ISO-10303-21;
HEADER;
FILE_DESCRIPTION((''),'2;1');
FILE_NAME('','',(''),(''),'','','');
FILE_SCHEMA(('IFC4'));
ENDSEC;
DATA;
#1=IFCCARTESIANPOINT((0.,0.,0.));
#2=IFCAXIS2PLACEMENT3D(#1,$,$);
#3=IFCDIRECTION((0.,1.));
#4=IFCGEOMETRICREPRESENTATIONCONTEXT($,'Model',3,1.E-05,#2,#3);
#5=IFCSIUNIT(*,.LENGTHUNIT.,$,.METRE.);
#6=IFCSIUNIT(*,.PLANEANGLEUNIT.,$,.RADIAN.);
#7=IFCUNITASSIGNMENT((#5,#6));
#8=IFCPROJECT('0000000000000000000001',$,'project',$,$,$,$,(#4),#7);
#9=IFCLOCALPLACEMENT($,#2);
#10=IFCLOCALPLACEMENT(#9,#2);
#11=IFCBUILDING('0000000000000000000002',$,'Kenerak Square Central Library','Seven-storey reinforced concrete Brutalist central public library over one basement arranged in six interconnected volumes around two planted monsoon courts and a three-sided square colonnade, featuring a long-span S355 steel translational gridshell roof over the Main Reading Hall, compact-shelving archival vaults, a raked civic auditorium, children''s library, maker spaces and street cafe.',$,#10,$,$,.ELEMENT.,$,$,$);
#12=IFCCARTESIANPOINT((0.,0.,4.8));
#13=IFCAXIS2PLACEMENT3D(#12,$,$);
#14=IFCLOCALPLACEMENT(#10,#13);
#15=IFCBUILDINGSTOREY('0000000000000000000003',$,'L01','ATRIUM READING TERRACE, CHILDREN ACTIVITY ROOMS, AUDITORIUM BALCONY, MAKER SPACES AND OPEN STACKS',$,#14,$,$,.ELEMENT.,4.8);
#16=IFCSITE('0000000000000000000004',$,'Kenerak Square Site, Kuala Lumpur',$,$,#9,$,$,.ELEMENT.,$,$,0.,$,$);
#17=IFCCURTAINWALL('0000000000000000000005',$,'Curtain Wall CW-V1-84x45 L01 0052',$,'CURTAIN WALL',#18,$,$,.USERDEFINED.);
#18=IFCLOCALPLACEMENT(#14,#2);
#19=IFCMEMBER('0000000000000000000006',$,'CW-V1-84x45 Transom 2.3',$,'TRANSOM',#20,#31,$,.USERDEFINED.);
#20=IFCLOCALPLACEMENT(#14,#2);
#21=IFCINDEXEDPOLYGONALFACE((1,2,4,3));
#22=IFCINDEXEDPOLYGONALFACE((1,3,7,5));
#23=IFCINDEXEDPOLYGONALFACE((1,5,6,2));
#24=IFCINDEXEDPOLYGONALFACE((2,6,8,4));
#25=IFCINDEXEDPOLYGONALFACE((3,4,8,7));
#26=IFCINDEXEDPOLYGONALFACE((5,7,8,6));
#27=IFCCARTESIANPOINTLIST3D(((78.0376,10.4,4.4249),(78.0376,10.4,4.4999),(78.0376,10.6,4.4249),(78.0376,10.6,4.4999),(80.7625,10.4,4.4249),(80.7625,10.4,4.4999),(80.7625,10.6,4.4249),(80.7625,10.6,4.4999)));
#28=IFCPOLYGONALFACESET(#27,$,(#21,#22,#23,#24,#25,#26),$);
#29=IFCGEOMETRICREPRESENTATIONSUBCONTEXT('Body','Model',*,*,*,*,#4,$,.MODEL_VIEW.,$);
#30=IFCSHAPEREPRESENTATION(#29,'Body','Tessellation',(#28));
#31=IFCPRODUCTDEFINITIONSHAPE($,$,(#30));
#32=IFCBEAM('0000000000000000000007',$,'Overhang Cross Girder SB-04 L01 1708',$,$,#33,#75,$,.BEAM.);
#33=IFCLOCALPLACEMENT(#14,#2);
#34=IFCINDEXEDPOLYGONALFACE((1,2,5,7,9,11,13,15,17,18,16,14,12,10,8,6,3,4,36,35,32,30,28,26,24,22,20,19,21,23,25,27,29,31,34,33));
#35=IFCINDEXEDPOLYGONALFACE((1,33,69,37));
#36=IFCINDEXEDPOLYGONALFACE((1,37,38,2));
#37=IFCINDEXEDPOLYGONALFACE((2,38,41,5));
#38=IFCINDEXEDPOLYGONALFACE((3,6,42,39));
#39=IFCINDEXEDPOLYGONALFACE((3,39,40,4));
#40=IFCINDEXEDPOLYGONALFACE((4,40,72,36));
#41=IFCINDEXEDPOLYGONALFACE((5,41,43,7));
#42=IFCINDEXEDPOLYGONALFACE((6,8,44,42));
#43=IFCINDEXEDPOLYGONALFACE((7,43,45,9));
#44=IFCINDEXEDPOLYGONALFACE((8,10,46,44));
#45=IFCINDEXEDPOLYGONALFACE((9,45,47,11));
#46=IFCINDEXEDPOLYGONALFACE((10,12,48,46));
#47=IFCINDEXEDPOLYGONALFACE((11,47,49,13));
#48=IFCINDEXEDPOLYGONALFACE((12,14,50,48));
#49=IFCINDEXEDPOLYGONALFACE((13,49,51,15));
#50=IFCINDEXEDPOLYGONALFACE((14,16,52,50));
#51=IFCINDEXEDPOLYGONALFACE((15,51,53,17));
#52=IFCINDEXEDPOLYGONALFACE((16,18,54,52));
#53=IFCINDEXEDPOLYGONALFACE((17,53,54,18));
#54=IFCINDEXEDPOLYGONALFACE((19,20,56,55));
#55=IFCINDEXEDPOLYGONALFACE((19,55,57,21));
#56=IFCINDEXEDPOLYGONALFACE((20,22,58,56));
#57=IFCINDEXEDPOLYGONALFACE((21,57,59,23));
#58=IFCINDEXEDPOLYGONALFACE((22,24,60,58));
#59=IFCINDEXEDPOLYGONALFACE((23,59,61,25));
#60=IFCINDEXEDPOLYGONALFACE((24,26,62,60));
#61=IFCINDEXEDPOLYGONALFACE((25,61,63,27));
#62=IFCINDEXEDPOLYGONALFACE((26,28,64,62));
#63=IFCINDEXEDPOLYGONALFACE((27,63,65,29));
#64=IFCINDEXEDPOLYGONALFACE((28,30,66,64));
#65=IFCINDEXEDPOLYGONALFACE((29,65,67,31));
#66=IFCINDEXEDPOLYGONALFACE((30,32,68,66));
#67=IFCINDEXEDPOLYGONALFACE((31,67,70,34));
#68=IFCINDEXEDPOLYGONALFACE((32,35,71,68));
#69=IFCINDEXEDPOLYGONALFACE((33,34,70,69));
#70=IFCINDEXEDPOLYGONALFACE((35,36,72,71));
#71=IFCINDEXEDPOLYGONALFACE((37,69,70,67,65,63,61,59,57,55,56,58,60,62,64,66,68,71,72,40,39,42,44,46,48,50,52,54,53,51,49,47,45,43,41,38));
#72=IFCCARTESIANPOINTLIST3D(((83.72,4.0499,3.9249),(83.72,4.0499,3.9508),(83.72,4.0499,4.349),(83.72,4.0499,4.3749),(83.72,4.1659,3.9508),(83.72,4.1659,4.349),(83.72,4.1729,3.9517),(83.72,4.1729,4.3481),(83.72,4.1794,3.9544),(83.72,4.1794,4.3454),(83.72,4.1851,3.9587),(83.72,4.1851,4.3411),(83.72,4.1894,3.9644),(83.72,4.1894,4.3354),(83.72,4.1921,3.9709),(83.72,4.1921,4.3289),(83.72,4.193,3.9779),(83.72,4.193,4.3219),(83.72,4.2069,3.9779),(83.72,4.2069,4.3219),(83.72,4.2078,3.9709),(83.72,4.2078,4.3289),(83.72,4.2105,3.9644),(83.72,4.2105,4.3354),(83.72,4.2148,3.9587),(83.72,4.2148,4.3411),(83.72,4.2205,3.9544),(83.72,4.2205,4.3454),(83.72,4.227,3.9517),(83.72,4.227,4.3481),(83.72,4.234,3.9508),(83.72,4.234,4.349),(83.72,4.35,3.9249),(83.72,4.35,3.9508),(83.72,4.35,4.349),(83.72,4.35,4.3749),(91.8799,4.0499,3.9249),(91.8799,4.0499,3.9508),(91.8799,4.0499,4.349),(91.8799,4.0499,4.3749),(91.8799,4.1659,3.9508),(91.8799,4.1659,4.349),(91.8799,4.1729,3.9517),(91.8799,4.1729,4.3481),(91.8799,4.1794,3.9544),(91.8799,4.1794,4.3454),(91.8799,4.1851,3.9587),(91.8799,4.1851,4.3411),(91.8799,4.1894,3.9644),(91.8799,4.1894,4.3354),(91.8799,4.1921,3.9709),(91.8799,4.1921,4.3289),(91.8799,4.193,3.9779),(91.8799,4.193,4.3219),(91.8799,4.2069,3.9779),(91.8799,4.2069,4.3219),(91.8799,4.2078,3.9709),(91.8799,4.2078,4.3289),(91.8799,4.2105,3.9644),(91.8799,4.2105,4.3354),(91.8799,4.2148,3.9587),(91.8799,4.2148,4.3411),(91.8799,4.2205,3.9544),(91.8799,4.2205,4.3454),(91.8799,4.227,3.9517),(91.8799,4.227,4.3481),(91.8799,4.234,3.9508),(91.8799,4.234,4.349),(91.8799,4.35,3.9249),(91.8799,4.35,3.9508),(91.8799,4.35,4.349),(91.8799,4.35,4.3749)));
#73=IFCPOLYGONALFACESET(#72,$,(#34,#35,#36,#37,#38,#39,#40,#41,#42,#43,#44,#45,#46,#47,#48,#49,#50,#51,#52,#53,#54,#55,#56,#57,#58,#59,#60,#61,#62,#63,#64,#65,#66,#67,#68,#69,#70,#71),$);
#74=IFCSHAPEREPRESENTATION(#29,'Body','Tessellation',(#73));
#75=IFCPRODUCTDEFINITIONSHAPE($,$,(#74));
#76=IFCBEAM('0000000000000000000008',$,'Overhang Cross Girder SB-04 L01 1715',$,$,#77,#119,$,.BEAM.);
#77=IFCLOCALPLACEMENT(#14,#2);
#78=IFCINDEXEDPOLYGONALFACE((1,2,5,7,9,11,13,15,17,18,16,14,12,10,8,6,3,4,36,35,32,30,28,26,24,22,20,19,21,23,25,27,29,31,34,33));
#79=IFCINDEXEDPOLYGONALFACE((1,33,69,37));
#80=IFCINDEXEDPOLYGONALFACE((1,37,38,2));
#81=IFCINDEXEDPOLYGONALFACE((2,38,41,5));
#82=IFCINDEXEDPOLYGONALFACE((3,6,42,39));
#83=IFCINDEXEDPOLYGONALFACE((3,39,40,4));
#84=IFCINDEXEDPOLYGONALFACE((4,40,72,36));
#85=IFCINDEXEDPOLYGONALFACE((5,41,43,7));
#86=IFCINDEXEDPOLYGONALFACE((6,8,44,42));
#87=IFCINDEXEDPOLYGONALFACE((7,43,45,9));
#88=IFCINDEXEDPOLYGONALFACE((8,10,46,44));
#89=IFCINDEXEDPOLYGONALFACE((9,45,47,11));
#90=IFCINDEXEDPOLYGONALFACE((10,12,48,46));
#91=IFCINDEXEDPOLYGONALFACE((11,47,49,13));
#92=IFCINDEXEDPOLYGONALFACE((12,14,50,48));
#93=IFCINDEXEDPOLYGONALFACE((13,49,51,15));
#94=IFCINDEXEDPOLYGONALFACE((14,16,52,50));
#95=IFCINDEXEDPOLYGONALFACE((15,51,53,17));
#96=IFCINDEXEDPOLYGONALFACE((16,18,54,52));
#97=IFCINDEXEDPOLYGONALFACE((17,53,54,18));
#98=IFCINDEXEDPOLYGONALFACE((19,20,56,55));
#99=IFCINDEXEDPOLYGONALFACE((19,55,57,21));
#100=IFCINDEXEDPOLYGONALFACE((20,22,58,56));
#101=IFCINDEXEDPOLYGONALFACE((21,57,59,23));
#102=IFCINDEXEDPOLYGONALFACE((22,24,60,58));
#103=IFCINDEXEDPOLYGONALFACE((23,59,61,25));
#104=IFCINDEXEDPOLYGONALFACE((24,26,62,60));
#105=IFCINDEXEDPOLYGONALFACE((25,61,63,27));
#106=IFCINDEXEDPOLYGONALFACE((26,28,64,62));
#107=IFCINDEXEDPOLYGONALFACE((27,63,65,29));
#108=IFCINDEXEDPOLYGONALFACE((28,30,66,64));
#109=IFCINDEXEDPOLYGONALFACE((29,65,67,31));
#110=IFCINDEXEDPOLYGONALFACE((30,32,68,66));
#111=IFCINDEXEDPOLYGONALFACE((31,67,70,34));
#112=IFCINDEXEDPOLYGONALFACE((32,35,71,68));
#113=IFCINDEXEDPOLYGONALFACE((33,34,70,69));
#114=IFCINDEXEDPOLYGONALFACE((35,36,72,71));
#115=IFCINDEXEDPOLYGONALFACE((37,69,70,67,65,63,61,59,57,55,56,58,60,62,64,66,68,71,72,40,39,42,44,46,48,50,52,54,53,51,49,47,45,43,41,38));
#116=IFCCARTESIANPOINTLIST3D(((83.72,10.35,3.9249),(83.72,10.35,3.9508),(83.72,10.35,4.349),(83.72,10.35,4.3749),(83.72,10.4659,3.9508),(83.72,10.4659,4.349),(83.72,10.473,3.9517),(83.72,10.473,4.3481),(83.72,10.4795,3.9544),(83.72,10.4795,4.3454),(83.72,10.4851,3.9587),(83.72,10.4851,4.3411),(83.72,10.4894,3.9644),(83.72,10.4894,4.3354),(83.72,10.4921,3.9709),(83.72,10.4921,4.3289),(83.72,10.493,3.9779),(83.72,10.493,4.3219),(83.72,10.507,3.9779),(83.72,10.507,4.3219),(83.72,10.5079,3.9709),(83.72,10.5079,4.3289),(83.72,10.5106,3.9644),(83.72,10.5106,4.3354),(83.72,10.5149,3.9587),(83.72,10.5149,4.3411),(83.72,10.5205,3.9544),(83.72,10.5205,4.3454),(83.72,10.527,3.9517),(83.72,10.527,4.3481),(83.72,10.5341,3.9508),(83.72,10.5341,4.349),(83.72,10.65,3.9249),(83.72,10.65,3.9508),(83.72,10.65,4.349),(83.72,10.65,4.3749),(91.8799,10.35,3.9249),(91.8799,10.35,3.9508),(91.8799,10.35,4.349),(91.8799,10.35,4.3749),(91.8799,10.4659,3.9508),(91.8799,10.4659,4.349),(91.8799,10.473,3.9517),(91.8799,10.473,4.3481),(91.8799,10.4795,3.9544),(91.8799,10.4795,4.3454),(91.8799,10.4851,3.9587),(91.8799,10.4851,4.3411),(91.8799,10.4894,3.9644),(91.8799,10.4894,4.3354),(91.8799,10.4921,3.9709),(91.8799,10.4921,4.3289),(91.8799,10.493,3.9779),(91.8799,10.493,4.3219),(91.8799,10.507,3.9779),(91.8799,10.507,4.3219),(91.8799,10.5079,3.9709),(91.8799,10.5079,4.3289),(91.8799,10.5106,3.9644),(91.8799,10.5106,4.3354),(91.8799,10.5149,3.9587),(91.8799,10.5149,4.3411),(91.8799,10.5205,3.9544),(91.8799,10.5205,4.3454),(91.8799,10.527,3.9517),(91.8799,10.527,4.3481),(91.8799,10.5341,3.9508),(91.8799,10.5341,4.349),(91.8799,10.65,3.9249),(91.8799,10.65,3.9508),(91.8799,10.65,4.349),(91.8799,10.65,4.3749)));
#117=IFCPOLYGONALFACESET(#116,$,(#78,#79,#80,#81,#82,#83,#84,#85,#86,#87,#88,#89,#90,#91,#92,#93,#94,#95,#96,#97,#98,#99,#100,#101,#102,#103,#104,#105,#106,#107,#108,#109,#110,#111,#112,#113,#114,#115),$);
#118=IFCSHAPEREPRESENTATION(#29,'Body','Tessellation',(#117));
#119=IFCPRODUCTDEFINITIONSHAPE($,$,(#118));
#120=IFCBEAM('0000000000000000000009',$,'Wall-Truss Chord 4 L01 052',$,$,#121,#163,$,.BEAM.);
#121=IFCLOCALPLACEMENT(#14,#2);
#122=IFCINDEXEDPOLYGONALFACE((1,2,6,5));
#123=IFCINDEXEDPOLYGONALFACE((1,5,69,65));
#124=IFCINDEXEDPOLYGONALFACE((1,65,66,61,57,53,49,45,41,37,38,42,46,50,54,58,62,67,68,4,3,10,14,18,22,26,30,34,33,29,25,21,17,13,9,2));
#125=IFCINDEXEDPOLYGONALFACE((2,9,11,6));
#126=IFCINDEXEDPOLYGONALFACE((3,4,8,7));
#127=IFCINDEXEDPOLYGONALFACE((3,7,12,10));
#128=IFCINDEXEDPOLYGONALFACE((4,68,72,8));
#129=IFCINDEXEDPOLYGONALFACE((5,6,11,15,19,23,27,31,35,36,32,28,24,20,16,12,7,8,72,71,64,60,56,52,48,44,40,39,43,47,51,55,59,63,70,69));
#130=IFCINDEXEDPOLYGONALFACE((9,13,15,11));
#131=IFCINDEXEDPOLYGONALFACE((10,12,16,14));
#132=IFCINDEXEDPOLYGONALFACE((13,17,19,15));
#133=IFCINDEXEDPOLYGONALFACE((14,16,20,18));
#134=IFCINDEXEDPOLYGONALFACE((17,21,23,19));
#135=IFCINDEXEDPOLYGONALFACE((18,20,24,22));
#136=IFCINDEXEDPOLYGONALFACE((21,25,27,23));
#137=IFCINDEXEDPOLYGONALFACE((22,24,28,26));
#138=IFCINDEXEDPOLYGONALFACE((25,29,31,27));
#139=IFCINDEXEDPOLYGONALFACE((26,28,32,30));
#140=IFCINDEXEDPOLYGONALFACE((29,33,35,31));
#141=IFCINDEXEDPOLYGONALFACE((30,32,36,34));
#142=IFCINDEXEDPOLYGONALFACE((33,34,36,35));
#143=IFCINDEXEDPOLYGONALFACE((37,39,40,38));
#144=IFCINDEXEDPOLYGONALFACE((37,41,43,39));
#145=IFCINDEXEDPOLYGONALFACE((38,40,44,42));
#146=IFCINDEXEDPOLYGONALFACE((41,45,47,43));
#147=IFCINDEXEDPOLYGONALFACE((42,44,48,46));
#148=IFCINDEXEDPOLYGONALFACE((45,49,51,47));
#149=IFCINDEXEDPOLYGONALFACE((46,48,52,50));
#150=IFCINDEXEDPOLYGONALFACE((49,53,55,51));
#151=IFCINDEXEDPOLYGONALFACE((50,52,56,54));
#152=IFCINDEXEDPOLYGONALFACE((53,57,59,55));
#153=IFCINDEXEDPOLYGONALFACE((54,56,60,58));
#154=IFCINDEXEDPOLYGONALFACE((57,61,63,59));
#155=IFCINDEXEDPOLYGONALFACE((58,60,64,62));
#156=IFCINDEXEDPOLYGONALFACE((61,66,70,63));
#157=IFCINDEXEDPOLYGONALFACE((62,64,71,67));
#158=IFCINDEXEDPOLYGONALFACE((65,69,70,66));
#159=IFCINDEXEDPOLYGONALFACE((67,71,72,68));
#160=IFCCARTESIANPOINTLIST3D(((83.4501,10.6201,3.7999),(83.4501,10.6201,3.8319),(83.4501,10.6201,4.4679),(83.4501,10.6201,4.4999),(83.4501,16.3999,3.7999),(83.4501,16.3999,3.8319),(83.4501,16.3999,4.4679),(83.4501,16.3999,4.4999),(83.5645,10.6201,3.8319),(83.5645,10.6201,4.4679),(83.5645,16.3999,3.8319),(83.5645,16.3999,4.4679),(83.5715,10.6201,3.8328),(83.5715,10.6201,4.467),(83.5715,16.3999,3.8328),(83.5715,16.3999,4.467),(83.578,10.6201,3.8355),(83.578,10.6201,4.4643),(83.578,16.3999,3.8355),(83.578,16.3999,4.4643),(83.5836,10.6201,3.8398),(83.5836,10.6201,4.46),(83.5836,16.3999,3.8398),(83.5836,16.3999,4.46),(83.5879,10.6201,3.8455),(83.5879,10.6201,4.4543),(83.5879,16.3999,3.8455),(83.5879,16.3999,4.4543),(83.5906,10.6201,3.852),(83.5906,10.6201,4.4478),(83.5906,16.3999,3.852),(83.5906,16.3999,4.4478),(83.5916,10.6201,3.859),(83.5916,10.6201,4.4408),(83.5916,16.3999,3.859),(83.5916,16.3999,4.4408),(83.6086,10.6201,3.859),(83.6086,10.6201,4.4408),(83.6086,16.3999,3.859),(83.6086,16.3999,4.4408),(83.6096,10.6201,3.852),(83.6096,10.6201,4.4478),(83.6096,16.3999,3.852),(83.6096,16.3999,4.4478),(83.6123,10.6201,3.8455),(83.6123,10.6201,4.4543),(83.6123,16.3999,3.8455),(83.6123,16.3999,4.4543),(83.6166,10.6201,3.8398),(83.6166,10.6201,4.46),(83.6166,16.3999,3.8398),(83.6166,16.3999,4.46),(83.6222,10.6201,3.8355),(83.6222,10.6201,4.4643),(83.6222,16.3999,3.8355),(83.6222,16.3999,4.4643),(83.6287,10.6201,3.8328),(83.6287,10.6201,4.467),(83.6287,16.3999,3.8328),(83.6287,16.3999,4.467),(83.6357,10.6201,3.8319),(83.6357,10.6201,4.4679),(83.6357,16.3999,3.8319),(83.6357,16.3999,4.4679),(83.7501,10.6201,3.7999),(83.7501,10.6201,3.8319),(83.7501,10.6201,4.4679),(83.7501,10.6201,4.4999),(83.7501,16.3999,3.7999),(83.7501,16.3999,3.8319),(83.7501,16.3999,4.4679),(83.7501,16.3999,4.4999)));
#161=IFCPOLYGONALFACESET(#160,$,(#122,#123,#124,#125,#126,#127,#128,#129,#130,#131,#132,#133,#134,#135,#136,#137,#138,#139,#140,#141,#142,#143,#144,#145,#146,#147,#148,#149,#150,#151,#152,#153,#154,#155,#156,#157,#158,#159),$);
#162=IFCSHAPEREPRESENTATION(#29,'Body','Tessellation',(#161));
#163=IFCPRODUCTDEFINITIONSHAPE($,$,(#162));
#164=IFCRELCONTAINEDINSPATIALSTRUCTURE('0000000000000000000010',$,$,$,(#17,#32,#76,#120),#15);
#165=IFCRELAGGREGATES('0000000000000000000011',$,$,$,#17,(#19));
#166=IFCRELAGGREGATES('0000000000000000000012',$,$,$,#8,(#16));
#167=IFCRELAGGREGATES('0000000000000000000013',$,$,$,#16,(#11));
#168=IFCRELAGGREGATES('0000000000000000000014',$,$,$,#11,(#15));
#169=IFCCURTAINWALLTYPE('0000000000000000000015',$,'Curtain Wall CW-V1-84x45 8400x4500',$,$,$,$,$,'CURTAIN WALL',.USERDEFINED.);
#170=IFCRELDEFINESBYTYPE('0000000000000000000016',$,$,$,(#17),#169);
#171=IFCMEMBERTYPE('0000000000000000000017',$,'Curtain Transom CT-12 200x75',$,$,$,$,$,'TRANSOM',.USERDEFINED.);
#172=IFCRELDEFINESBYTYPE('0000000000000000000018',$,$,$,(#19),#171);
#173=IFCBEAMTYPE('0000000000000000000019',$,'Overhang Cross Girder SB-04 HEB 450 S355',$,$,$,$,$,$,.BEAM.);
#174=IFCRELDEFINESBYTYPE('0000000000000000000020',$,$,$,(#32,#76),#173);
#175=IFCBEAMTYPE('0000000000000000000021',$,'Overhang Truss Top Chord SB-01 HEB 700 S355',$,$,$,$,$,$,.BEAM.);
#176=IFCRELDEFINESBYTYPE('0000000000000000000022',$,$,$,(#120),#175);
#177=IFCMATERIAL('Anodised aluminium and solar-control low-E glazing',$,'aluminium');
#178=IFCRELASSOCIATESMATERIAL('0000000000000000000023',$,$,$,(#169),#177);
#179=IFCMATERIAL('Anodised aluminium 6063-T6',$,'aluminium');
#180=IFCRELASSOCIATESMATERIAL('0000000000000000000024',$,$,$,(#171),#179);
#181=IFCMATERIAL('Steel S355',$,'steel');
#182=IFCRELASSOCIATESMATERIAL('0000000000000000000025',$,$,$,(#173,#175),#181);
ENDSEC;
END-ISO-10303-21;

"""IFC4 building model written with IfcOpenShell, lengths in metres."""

from ifc_helpers import new_model, si_unit, direction, frame, origin, origin_2d, place, context, subcontext, project, spatial, rectangle, i_section, extrude, material, material_profile, profile_set, type_object, element, aggregate, save


model = new_model("IFC4")

# Units and contexts
model_context = context("Model", 3, precision=1e-05, world=origin(), true_north=direction((0.0, 1.0)))
body_context = subcontext(model_context, "Body", "Model", "MODEL_VIEW")
ifc_project = project(units=[si_unit("LENGTHUNIT", "METRE"), si_unit("PLANEANGLEUNIT", "RADIAN")], contexts=[model_context])

# Site, building, storey
site_placement = place(None, origin())
site = spatial("IfcSite", under=ifc_project, at=site_placement, Name="Kenerak Square Site, Kuala Lumpur", CompositionType="ELEMENT", RefElevation=0.0)
building_placement = place(site_placement, origin())
building = spatial("IfcBuilding", under=site, at=building_placement, Name="Kenerak Square Central Library", Description="Seven-storey reinforced concrete Brutalist central public library over one basement arranged in six interconnected volumes around two planted monsoon courts and a three-sided square colonnade, featuring a long-span S355 steel translational gridshell roof over the Main Reading Hall, compact-shelving archival vaults, a raked civic auditorium, children's library, maker spaces and street cafe.", CompositionType="ELEMENT")
storey_placement = place(building_placement, frame((0.0, 0.0, 4.8)))
storey = spatial("IfcBuildingStorey", under=building, at=storey_placement, Name="L01", Description="ATRIUM READING TERRACE, CHILDREN ACTIVITY ROOMS, AUDITORIUM BALCONY, MAKER SPACES AND OPEN STACKS", CompositionType="ELEMENT", Elevation=4.8)

# Curtain wall
ifc_material_1 = material(Name="Anodised aluminium and solar-control low-E glazing", Category="aluminium")
curtain_wall_type = type_object("IfcCurtainWallType", Name="Curtain Wall CW-V1-84x45 8400x4500", ElementType="CURTAIN WALL", PredefinedType="USERDEFINED", material=ifc_material_1)
ifc_material_2 = material(Name="Anodised aluminium 6063-T6", Category="aluminium")
curtain_wall_1_placement = place(storey_placement, origin())
curtain_wall_1 = element("IfcCurtainWall", 1, at=curtain_wall_1_placement, inside=storey, type_object=curtain_wall_type, Name="Curtain Wall CW-V1-84x45 L01 0052", ObjectType="CURTAIN WALL", PredefinedType="USERDEFINED")

# Member
ifc_material_profile_1 = material_profile(ifc_material_2, rectangle(XDim=0.2, YDim=0.075, at=origin_2d()), Name="AL TRANSOM 200x75")
ifc_profile_set_1 = profile_set([ifc_material_profile_1], Name="Anodised aluminium 6063-T6")
member_type_1 = type_object("IfcMemberType", Name="Curtain Transom CT-12 200x75", ElementType="TRANSOM", PredefinedType="USERDEFINED", material=ifc_profile_set_1)
member_1_placement = place(storey_placement, frame((80.7625, 10.5, 4.4624), z_axis=(-1.0, 0.0, 0.0), x_axis=(0.0, -1.0, 0.0)))
member_1 = element("IfcMember", 2, at=member_1_placement, type_object=member_type_1, Name="CW-V1-84x45 Transom 2.3", ObjectType="TRANSOM", PredefinedType="USERDEFINED", context=body_context, shape_type="SweptSolid", body=[
    extrude(rectangle(XDim=0.2, YDim=0.075, at=origin_2d()), origin(), (0.0, 0.0, 1.0), 2.7249),
])

# Beams
ifc_material_3 = material(Name="Steel S355", Category="steel")
ifc_material_profile_2 = material_profile(ifc_material_3, i_section(OverallWidth=0.3, OverallDepth=0.45, WebThickness=0.0139, FlangeThickness=0.0259, FilletRadius=0.0271, at=origin_2d()), Name="HEB 450")
ifc_profile_set_2 = profile_set([ifc_material_profile_2], Name="Steel S355")
beam_type_1 = type_object("IfcBeamType", Name="Overhang Cross Girder SB-04 HEB 450 S355", PredefinedType="BEAM", material=ifc_profile_set_2)
for number, where, z_axis, x_axis, name in (
    (3, (83.72, 4.2, 4.1499), (1.0, 0.0, 0.0), (0.0, 1.0, 0.0), "Overhang Cross Girder SB-04 L01 1708"),
    (4, (83.72, 10.5, 4.1499), (1.0, 0.0, 0.0), (0.0, 1.0, 0.0), "Overhang Cross Girder SB-04 L01 1715"),
):
    element("IfcBeam", number, at=place(storey_placement, frame(where, z_axis=z_axis, x_axis=x_axis)), inside=storey, type_object=beam_type_1, Name=name, PredefinedType="BEAM", context=body_context, shape_type="SweptSolid", body=[
        extrude(i_section(OverallWidth=0.3, OverallDepth=0.45, WebThickness=0.0139, FlangeThickness=0.0259, FilletRadius=0.0271, at=origin_2d()), origin(), (0.0, 0.0, 1.0), 8.1599),
    ])
ifc_material_profile_3 = material_profile(ifc_material_3, i_section(OverallWidth=0.3, OverallDepth=0.7, WebThickness=0.0171, FlangeThickness=0.032, FilletRadius=0.0271, at=origin_2d()), Name="HEB 700")
ifc_profile_set_3 = profile_set([ifc_material_profile_3], Name="Steel S355")
beam_type_2 = type_object("IfcBeamType", Name="Overhang Truss Top Chord SB-01 HEB 700 S355", PredefinedType="BEAM", material=ifc_profile_set_3)
beam_placement = place(storey_placement, frame((83.6001, 10.6201, 4.1499), z_axis=(0.0, 1.0, 0.0), x_axis=(-1.0, 0.0, 0.0)))
element("IfcBeam", 5, at=beam_placement, inside=storey, type_object=beam_type_2, Name="Wall-Truss Chord 4 L01 052", PredefinedType="BEAM", context=body_context, shape_type="SweptSolid", body=[
    extrude(i_section(OverallWidth=0.3, OverallDepth=0.7, WebThickness=0.0171, FlangeThickness=0.032, FilletRadius=0.0271, at=origin_2d()), origin(), (0.0, 0.0, 1.0), 5.7798),
])

aggregate(curtain_wall_1, [member_1])

save(model, "model.ifc")
